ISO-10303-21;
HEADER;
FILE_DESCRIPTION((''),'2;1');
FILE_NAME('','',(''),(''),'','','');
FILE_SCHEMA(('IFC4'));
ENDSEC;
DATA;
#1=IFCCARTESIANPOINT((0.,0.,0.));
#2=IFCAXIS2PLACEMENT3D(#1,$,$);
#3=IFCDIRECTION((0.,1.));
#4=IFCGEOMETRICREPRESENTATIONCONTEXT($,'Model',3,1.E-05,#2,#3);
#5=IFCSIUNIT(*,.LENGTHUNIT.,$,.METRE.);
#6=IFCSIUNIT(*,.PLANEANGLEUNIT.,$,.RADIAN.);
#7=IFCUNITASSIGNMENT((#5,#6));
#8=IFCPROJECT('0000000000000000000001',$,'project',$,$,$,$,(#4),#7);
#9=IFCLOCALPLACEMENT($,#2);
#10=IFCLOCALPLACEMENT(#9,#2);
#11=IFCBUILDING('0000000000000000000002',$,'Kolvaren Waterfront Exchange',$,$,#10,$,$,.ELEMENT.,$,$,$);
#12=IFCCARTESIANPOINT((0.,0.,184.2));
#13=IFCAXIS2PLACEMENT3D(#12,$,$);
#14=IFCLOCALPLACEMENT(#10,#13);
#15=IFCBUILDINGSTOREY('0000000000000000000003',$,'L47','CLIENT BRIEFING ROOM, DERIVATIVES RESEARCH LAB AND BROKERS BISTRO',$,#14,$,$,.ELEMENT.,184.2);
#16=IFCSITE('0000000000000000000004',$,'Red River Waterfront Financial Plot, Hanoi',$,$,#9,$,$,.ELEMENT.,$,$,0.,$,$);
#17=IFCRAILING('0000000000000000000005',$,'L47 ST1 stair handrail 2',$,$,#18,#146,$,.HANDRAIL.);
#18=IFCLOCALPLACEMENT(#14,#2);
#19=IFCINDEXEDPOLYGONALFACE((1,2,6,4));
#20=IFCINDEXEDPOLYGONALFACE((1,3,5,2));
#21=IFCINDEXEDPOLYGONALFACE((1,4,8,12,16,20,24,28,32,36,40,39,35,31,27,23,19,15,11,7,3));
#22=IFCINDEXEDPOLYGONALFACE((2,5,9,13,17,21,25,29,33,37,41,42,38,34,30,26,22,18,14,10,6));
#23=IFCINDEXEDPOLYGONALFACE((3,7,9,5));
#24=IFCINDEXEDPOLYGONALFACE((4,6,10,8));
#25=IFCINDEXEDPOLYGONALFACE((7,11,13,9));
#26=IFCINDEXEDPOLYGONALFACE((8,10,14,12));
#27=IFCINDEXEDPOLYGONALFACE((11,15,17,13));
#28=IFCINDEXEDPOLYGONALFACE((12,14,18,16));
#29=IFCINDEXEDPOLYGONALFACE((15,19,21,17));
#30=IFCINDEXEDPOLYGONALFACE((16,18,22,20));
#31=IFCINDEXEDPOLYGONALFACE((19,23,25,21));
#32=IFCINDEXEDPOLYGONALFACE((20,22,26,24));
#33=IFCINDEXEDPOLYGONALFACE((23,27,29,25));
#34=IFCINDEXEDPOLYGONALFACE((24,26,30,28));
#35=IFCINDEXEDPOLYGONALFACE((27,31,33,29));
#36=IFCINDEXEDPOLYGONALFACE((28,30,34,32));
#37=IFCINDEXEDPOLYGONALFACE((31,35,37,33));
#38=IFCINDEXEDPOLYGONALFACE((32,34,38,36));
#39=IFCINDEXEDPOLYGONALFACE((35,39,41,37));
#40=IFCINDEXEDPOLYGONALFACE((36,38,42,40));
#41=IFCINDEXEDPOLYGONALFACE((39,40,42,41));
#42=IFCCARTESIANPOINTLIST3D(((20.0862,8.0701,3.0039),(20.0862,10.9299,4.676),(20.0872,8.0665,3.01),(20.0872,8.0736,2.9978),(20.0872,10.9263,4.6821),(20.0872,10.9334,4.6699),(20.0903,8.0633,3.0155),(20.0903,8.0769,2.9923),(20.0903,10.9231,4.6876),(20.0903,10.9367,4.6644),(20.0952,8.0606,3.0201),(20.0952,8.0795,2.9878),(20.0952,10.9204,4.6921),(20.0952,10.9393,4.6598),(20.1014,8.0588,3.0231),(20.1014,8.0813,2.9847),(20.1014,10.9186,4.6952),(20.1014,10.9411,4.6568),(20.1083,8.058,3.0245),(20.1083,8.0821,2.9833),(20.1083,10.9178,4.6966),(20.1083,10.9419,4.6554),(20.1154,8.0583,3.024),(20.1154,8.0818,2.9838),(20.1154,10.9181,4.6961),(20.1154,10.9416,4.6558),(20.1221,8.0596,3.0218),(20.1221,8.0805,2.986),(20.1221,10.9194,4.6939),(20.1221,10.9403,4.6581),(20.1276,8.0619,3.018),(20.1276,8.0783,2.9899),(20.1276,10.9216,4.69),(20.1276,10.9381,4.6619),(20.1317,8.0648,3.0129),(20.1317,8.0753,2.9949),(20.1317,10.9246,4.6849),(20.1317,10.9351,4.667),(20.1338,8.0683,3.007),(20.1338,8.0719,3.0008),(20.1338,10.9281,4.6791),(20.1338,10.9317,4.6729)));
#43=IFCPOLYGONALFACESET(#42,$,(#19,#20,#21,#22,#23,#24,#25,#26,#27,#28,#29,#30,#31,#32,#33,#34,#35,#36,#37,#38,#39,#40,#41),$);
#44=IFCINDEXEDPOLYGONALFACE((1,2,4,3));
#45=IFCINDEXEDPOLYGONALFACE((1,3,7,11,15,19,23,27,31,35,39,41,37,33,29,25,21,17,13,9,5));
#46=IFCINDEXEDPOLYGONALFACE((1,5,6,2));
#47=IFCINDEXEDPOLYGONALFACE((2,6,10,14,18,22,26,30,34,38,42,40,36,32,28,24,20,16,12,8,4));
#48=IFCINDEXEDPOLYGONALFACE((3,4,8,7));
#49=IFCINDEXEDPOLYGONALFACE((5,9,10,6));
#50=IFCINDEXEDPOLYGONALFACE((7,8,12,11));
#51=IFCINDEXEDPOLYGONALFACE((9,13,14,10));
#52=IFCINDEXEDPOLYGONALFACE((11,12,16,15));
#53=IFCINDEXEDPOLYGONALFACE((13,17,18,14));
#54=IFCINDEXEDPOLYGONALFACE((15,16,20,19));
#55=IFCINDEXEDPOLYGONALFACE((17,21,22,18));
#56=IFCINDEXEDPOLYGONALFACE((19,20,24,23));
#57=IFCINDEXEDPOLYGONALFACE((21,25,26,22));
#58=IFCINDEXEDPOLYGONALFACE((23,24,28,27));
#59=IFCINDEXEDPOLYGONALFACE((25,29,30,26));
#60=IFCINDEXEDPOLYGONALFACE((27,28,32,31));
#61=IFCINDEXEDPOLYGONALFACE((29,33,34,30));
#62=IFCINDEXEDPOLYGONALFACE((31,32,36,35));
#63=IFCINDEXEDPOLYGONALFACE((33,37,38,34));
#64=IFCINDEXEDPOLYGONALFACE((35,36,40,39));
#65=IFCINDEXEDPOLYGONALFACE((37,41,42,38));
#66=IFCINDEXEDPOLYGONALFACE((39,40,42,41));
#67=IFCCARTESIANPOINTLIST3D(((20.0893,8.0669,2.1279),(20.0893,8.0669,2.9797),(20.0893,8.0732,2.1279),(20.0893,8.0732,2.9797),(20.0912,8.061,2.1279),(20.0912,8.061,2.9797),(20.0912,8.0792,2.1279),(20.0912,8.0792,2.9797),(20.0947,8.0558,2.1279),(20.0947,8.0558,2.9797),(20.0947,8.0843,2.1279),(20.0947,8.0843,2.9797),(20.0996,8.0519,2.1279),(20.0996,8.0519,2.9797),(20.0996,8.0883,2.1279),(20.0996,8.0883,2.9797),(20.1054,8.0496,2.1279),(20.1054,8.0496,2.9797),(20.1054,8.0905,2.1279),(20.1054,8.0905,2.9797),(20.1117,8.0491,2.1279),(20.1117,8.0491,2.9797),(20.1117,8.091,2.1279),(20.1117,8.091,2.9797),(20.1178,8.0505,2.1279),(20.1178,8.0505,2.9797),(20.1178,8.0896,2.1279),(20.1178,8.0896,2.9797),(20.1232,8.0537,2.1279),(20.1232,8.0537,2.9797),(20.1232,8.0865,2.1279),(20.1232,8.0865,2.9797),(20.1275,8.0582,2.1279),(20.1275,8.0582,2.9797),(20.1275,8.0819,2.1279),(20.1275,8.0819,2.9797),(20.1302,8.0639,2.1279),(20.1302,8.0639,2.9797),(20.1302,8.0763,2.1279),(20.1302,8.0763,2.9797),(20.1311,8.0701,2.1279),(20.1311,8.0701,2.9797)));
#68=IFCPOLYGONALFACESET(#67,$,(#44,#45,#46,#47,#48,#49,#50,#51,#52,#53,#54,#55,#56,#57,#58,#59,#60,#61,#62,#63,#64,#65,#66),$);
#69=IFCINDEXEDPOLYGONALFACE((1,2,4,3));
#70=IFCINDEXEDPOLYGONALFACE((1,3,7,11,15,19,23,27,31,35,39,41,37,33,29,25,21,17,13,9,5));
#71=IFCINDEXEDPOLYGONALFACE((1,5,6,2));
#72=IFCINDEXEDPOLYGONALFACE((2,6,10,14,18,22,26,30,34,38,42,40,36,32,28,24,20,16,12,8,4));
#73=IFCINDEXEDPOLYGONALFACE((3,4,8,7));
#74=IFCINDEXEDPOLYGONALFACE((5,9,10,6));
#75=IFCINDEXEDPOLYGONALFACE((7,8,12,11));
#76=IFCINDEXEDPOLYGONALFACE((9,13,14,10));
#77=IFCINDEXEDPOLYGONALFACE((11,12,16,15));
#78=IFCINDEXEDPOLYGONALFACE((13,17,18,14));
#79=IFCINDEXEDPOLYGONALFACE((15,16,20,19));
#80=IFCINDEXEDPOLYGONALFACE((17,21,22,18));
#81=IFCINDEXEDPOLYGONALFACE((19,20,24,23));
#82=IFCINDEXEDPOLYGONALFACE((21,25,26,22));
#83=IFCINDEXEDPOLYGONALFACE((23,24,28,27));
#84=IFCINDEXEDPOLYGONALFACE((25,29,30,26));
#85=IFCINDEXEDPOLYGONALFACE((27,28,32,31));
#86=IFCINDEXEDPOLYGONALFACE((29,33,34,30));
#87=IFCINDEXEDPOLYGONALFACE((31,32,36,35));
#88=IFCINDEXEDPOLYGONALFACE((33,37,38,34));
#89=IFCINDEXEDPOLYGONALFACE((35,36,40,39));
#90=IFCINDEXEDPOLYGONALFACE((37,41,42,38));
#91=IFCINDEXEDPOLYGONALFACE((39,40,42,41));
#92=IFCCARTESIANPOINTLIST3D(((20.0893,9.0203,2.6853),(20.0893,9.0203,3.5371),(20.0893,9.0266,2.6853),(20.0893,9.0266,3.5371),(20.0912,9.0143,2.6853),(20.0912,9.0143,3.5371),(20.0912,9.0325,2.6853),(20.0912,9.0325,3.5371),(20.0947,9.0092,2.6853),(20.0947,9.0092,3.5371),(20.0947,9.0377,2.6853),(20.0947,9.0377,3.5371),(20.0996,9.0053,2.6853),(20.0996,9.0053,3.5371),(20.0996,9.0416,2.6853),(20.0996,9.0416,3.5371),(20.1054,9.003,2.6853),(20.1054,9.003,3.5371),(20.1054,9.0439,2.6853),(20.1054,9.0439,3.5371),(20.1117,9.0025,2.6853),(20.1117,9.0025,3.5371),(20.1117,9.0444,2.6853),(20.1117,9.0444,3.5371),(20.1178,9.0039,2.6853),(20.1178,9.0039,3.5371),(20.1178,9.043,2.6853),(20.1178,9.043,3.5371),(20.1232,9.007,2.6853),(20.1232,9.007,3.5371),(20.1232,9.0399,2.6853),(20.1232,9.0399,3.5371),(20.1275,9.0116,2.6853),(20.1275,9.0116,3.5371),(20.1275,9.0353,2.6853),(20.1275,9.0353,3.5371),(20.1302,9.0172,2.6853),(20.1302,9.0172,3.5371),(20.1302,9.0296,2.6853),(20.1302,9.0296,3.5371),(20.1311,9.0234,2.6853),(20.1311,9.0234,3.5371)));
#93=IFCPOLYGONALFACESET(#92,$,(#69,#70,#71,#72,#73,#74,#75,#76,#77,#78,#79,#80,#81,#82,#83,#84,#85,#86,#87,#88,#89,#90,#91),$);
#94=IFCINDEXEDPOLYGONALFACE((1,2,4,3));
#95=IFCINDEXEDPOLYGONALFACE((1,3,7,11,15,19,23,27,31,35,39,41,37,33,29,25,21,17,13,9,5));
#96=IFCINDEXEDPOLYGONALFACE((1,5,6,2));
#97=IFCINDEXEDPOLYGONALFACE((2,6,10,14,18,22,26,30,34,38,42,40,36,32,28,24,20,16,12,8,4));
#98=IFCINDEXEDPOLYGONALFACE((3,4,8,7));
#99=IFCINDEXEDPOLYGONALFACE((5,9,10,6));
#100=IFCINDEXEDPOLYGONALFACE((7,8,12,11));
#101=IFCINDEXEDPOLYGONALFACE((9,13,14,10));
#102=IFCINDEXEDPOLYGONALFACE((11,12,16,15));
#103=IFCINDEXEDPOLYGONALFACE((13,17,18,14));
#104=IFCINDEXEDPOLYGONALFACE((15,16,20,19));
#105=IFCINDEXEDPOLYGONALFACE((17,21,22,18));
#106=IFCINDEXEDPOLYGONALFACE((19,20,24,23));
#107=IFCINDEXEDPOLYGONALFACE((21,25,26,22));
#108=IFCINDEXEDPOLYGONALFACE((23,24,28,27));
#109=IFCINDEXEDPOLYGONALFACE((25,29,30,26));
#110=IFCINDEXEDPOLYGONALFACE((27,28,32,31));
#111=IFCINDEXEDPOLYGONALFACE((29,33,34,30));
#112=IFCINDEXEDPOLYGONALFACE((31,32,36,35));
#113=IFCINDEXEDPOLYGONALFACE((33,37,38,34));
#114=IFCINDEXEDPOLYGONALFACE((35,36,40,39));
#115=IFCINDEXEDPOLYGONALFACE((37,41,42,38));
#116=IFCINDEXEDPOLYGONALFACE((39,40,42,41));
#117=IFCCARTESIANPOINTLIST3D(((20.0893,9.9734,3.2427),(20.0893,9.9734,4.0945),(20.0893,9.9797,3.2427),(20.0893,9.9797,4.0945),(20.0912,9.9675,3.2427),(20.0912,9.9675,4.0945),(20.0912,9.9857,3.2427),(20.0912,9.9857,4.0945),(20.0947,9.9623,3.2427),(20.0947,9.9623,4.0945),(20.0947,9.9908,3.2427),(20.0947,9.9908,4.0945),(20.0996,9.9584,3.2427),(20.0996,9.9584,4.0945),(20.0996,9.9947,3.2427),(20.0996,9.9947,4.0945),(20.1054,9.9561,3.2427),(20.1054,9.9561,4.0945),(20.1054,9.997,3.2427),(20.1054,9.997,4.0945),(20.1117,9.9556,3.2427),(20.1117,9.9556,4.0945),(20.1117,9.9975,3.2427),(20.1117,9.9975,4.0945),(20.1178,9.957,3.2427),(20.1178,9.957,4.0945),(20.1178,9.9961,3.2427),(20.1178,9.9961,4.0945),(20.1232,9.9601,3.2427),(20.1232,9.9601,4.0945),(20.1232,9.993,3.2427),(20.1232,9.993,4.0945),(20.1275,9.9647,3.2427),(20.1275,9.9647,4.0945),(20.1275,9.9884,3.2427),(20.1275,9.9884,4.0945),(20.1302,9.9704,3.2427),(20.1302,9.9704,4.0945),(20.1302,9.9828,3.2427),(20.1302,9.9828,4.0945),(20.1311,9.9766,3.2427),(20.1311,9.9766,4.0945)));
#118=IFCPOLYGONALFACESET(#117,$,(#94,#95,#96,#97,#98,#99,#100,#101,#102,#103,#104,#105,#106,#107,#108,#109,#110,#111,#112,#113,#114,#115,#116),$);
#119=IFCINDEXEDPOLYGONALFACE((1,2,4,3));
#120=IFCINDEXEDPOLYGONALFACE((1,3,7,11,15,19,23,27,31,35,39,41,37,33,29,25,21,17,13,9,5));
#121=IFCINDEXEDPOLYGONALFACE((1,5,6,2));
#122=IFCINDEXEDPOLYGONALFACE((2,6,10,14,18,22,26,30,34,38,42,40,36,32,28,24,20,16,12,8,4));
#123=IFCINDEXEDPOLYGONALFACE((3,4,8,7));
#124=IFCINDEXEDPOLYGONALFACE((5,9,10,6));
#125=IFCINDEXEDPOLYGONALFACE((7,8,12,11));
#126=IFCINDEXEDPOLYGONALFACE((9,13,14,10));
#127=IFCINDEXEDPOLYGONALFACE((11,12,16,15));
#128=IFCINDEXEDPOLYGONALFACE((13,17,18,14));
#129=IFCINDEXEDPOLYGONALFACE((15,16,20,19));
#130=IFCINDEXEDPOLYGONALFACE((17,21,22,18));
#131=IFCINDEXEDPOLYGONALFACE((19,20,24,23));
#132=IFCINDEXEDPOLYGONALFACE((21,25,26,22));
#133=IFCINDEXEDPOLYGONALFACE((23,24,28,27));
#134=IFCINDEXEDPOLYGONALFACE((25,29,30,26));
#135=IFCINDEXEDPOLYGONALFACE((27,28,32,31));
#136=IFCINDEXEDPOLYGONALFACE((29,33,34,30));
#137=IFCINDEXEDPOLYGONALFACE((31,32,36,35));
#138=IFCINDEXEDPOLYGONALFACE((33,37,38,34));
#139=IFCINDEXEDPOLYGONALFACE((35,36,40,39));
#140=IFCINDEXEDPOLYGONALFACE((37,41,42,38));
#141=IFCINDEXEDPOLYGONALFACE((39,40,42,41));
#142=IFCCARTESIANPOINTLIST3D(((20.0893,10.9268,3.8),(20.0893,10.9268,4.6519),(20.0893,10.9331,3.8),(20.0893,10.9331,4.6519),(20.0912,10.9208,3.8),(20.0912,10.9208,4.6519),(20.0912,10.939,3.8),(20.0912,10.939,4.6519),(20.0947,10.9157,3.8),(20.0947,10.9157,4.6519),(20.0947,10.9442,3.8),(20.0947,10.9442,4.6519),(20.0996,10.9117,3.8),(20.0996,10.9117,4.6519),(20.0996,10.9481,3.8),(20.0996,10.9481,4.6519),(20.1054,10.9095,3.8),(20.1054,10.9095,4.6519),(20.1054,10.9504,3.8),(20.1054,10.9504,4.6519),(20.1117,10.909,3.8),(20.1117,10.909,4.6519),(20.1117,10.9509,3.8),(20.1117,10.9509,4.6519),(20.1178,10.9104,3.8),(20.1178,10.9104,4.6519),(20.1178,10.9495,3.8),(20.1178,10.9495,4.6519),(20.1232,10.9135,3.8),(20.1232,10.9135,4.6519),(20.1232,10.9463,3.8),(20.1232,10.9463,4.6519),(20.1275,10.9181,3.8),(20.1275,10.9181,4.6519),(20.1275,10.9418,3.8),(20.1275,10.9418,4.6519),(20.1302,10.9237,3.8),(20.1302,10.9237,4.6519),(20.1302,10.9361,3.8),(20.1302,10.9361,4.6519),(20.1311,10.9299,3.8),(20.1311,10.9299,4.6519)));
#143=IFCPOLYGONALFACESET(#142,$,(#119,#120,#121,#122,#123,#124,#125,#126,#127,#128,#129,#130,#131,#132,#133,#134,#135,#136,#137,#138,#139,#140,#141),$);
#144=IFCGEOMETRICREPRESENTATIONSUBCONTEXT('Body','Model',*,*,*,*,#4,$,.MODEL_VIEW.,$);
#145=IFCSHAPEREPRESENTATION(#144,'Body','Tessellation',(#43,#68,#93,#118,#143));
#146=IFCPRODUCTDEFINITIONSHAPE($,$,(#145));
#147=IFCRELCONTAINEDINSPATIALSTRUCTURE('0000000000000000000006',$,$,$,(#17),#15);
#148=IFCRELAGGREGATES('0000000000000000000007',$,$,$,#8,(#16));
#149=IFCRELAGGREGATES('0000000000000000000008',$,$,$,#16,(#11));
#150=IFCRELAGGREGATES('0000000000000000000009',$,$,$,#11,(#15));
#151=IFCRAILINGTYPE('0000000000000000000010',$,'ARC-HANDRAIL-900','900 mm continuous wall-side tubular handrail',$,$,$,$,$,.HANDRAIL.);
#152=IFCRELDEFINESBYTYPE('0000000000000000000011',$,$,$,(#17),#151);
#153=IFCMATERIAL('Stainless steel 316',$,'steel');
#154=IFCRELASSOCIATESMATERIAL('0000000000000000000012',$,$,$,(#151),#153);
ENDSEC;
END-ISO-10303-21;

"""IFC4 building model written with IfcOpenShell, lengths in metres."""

from ifc_helpers import new_model, si_unit, direction, frame, origin, origin_2d, place, context, subcontext, project, spatial, circle, extrude, material, type_object, element, save


model = new_model("IFC4")

# Units and contexts
model_context = context("Model", 3, precision=1e-05, world=origin(), true_north=direction((0.0, 1.0)))
body_context = subcontext(model_context, "Body", "Model", "MODEL_VIEW")
ifc_project = project(units=[si_unit("LENGTHUNIT", "METRE"), si_unit("PLANEANGLEUNIT", "RADIAN")], contexts=[model_context])

# Site, building, storey
site_placement = place(None, origin())
site = spatial("IfcSite", under=ifc_project, at=site_placement, Name="Red River Waterfront Financial Plot, Hanoi", CompositionType="ELEMENT", RefElevation=0.0)
building_placement = place(site_placement, origin())
building = spatial("IfcBuilding", under=site, at=building_placement, Name="Kolvaren Waterfront Exchange", CompositionType="ELEMENT")
storey_placement = place(building_placement, frame((0.0, 0.0, 184.2)))
storey = spatial("IfcBuildingStorey", under=building, at=storey_placement, Name="L47", Description="CLIENT BRIEFING ROOM, DERIVATIVES RESEARCH LAB AND BROKERS BISTRO", CompositionType="ELEMENT", Elevation=184.2)

# Railing
ifc_material_1 = material(Name="Stainless steel 316", Category="steel")
railing_type = type_object("IfcRailingType", Name="ARC-HANDRAIL-900", Description="900 mm continuous wall-side tubular handrail", PredefinedType="HANDRAIL", material=ifc_material_1)
railing_1_placement = place(storey_placement, frame((20.1101, 8.0701, 2.1279)))
element("IfcRailing", 1, at=railing_1_placement, inside=storey, type_object=railing_type, Name="L47 ST1 stair handrail 2", PredefinedType="HANDRAIL", context=body_context, shape_type="SweptSolid", body=[
    extrude(circle(Radius=0.0239, at=origin_2d()), frame((0.0, 0.0, 0.876), z_axis=(0.0, 0.863271, 0.504741), x_axis=(-1.0, 0.0, 0.0)), (0.0, 0.0, 1.0), 3.3127),
    extrude(circle(Radius=0.021, at=origin_2d()), origin(), (0.0, 0.0, 1.0), 0.8518),
    extrude(circle(Radius=0.021, at=origin_2d()), frame((0.0, 0.9534, 0.5574)), (0.0, 0.0, 1.0), 0.8518),
    extrude(circle(Radius=0.021, at=origin_2d()), frame((0.0, 1.9065, 1.1147)), (0.0, 0.0, 1.0), 0.8518),
    extrude(circle(Radius=0.021, at=origin_2d()), frame((0.0, 2.8599, 1.6721)), (0.0, 0.0, 1.0), 0.8518),
])

save(model, "model.ifc")
